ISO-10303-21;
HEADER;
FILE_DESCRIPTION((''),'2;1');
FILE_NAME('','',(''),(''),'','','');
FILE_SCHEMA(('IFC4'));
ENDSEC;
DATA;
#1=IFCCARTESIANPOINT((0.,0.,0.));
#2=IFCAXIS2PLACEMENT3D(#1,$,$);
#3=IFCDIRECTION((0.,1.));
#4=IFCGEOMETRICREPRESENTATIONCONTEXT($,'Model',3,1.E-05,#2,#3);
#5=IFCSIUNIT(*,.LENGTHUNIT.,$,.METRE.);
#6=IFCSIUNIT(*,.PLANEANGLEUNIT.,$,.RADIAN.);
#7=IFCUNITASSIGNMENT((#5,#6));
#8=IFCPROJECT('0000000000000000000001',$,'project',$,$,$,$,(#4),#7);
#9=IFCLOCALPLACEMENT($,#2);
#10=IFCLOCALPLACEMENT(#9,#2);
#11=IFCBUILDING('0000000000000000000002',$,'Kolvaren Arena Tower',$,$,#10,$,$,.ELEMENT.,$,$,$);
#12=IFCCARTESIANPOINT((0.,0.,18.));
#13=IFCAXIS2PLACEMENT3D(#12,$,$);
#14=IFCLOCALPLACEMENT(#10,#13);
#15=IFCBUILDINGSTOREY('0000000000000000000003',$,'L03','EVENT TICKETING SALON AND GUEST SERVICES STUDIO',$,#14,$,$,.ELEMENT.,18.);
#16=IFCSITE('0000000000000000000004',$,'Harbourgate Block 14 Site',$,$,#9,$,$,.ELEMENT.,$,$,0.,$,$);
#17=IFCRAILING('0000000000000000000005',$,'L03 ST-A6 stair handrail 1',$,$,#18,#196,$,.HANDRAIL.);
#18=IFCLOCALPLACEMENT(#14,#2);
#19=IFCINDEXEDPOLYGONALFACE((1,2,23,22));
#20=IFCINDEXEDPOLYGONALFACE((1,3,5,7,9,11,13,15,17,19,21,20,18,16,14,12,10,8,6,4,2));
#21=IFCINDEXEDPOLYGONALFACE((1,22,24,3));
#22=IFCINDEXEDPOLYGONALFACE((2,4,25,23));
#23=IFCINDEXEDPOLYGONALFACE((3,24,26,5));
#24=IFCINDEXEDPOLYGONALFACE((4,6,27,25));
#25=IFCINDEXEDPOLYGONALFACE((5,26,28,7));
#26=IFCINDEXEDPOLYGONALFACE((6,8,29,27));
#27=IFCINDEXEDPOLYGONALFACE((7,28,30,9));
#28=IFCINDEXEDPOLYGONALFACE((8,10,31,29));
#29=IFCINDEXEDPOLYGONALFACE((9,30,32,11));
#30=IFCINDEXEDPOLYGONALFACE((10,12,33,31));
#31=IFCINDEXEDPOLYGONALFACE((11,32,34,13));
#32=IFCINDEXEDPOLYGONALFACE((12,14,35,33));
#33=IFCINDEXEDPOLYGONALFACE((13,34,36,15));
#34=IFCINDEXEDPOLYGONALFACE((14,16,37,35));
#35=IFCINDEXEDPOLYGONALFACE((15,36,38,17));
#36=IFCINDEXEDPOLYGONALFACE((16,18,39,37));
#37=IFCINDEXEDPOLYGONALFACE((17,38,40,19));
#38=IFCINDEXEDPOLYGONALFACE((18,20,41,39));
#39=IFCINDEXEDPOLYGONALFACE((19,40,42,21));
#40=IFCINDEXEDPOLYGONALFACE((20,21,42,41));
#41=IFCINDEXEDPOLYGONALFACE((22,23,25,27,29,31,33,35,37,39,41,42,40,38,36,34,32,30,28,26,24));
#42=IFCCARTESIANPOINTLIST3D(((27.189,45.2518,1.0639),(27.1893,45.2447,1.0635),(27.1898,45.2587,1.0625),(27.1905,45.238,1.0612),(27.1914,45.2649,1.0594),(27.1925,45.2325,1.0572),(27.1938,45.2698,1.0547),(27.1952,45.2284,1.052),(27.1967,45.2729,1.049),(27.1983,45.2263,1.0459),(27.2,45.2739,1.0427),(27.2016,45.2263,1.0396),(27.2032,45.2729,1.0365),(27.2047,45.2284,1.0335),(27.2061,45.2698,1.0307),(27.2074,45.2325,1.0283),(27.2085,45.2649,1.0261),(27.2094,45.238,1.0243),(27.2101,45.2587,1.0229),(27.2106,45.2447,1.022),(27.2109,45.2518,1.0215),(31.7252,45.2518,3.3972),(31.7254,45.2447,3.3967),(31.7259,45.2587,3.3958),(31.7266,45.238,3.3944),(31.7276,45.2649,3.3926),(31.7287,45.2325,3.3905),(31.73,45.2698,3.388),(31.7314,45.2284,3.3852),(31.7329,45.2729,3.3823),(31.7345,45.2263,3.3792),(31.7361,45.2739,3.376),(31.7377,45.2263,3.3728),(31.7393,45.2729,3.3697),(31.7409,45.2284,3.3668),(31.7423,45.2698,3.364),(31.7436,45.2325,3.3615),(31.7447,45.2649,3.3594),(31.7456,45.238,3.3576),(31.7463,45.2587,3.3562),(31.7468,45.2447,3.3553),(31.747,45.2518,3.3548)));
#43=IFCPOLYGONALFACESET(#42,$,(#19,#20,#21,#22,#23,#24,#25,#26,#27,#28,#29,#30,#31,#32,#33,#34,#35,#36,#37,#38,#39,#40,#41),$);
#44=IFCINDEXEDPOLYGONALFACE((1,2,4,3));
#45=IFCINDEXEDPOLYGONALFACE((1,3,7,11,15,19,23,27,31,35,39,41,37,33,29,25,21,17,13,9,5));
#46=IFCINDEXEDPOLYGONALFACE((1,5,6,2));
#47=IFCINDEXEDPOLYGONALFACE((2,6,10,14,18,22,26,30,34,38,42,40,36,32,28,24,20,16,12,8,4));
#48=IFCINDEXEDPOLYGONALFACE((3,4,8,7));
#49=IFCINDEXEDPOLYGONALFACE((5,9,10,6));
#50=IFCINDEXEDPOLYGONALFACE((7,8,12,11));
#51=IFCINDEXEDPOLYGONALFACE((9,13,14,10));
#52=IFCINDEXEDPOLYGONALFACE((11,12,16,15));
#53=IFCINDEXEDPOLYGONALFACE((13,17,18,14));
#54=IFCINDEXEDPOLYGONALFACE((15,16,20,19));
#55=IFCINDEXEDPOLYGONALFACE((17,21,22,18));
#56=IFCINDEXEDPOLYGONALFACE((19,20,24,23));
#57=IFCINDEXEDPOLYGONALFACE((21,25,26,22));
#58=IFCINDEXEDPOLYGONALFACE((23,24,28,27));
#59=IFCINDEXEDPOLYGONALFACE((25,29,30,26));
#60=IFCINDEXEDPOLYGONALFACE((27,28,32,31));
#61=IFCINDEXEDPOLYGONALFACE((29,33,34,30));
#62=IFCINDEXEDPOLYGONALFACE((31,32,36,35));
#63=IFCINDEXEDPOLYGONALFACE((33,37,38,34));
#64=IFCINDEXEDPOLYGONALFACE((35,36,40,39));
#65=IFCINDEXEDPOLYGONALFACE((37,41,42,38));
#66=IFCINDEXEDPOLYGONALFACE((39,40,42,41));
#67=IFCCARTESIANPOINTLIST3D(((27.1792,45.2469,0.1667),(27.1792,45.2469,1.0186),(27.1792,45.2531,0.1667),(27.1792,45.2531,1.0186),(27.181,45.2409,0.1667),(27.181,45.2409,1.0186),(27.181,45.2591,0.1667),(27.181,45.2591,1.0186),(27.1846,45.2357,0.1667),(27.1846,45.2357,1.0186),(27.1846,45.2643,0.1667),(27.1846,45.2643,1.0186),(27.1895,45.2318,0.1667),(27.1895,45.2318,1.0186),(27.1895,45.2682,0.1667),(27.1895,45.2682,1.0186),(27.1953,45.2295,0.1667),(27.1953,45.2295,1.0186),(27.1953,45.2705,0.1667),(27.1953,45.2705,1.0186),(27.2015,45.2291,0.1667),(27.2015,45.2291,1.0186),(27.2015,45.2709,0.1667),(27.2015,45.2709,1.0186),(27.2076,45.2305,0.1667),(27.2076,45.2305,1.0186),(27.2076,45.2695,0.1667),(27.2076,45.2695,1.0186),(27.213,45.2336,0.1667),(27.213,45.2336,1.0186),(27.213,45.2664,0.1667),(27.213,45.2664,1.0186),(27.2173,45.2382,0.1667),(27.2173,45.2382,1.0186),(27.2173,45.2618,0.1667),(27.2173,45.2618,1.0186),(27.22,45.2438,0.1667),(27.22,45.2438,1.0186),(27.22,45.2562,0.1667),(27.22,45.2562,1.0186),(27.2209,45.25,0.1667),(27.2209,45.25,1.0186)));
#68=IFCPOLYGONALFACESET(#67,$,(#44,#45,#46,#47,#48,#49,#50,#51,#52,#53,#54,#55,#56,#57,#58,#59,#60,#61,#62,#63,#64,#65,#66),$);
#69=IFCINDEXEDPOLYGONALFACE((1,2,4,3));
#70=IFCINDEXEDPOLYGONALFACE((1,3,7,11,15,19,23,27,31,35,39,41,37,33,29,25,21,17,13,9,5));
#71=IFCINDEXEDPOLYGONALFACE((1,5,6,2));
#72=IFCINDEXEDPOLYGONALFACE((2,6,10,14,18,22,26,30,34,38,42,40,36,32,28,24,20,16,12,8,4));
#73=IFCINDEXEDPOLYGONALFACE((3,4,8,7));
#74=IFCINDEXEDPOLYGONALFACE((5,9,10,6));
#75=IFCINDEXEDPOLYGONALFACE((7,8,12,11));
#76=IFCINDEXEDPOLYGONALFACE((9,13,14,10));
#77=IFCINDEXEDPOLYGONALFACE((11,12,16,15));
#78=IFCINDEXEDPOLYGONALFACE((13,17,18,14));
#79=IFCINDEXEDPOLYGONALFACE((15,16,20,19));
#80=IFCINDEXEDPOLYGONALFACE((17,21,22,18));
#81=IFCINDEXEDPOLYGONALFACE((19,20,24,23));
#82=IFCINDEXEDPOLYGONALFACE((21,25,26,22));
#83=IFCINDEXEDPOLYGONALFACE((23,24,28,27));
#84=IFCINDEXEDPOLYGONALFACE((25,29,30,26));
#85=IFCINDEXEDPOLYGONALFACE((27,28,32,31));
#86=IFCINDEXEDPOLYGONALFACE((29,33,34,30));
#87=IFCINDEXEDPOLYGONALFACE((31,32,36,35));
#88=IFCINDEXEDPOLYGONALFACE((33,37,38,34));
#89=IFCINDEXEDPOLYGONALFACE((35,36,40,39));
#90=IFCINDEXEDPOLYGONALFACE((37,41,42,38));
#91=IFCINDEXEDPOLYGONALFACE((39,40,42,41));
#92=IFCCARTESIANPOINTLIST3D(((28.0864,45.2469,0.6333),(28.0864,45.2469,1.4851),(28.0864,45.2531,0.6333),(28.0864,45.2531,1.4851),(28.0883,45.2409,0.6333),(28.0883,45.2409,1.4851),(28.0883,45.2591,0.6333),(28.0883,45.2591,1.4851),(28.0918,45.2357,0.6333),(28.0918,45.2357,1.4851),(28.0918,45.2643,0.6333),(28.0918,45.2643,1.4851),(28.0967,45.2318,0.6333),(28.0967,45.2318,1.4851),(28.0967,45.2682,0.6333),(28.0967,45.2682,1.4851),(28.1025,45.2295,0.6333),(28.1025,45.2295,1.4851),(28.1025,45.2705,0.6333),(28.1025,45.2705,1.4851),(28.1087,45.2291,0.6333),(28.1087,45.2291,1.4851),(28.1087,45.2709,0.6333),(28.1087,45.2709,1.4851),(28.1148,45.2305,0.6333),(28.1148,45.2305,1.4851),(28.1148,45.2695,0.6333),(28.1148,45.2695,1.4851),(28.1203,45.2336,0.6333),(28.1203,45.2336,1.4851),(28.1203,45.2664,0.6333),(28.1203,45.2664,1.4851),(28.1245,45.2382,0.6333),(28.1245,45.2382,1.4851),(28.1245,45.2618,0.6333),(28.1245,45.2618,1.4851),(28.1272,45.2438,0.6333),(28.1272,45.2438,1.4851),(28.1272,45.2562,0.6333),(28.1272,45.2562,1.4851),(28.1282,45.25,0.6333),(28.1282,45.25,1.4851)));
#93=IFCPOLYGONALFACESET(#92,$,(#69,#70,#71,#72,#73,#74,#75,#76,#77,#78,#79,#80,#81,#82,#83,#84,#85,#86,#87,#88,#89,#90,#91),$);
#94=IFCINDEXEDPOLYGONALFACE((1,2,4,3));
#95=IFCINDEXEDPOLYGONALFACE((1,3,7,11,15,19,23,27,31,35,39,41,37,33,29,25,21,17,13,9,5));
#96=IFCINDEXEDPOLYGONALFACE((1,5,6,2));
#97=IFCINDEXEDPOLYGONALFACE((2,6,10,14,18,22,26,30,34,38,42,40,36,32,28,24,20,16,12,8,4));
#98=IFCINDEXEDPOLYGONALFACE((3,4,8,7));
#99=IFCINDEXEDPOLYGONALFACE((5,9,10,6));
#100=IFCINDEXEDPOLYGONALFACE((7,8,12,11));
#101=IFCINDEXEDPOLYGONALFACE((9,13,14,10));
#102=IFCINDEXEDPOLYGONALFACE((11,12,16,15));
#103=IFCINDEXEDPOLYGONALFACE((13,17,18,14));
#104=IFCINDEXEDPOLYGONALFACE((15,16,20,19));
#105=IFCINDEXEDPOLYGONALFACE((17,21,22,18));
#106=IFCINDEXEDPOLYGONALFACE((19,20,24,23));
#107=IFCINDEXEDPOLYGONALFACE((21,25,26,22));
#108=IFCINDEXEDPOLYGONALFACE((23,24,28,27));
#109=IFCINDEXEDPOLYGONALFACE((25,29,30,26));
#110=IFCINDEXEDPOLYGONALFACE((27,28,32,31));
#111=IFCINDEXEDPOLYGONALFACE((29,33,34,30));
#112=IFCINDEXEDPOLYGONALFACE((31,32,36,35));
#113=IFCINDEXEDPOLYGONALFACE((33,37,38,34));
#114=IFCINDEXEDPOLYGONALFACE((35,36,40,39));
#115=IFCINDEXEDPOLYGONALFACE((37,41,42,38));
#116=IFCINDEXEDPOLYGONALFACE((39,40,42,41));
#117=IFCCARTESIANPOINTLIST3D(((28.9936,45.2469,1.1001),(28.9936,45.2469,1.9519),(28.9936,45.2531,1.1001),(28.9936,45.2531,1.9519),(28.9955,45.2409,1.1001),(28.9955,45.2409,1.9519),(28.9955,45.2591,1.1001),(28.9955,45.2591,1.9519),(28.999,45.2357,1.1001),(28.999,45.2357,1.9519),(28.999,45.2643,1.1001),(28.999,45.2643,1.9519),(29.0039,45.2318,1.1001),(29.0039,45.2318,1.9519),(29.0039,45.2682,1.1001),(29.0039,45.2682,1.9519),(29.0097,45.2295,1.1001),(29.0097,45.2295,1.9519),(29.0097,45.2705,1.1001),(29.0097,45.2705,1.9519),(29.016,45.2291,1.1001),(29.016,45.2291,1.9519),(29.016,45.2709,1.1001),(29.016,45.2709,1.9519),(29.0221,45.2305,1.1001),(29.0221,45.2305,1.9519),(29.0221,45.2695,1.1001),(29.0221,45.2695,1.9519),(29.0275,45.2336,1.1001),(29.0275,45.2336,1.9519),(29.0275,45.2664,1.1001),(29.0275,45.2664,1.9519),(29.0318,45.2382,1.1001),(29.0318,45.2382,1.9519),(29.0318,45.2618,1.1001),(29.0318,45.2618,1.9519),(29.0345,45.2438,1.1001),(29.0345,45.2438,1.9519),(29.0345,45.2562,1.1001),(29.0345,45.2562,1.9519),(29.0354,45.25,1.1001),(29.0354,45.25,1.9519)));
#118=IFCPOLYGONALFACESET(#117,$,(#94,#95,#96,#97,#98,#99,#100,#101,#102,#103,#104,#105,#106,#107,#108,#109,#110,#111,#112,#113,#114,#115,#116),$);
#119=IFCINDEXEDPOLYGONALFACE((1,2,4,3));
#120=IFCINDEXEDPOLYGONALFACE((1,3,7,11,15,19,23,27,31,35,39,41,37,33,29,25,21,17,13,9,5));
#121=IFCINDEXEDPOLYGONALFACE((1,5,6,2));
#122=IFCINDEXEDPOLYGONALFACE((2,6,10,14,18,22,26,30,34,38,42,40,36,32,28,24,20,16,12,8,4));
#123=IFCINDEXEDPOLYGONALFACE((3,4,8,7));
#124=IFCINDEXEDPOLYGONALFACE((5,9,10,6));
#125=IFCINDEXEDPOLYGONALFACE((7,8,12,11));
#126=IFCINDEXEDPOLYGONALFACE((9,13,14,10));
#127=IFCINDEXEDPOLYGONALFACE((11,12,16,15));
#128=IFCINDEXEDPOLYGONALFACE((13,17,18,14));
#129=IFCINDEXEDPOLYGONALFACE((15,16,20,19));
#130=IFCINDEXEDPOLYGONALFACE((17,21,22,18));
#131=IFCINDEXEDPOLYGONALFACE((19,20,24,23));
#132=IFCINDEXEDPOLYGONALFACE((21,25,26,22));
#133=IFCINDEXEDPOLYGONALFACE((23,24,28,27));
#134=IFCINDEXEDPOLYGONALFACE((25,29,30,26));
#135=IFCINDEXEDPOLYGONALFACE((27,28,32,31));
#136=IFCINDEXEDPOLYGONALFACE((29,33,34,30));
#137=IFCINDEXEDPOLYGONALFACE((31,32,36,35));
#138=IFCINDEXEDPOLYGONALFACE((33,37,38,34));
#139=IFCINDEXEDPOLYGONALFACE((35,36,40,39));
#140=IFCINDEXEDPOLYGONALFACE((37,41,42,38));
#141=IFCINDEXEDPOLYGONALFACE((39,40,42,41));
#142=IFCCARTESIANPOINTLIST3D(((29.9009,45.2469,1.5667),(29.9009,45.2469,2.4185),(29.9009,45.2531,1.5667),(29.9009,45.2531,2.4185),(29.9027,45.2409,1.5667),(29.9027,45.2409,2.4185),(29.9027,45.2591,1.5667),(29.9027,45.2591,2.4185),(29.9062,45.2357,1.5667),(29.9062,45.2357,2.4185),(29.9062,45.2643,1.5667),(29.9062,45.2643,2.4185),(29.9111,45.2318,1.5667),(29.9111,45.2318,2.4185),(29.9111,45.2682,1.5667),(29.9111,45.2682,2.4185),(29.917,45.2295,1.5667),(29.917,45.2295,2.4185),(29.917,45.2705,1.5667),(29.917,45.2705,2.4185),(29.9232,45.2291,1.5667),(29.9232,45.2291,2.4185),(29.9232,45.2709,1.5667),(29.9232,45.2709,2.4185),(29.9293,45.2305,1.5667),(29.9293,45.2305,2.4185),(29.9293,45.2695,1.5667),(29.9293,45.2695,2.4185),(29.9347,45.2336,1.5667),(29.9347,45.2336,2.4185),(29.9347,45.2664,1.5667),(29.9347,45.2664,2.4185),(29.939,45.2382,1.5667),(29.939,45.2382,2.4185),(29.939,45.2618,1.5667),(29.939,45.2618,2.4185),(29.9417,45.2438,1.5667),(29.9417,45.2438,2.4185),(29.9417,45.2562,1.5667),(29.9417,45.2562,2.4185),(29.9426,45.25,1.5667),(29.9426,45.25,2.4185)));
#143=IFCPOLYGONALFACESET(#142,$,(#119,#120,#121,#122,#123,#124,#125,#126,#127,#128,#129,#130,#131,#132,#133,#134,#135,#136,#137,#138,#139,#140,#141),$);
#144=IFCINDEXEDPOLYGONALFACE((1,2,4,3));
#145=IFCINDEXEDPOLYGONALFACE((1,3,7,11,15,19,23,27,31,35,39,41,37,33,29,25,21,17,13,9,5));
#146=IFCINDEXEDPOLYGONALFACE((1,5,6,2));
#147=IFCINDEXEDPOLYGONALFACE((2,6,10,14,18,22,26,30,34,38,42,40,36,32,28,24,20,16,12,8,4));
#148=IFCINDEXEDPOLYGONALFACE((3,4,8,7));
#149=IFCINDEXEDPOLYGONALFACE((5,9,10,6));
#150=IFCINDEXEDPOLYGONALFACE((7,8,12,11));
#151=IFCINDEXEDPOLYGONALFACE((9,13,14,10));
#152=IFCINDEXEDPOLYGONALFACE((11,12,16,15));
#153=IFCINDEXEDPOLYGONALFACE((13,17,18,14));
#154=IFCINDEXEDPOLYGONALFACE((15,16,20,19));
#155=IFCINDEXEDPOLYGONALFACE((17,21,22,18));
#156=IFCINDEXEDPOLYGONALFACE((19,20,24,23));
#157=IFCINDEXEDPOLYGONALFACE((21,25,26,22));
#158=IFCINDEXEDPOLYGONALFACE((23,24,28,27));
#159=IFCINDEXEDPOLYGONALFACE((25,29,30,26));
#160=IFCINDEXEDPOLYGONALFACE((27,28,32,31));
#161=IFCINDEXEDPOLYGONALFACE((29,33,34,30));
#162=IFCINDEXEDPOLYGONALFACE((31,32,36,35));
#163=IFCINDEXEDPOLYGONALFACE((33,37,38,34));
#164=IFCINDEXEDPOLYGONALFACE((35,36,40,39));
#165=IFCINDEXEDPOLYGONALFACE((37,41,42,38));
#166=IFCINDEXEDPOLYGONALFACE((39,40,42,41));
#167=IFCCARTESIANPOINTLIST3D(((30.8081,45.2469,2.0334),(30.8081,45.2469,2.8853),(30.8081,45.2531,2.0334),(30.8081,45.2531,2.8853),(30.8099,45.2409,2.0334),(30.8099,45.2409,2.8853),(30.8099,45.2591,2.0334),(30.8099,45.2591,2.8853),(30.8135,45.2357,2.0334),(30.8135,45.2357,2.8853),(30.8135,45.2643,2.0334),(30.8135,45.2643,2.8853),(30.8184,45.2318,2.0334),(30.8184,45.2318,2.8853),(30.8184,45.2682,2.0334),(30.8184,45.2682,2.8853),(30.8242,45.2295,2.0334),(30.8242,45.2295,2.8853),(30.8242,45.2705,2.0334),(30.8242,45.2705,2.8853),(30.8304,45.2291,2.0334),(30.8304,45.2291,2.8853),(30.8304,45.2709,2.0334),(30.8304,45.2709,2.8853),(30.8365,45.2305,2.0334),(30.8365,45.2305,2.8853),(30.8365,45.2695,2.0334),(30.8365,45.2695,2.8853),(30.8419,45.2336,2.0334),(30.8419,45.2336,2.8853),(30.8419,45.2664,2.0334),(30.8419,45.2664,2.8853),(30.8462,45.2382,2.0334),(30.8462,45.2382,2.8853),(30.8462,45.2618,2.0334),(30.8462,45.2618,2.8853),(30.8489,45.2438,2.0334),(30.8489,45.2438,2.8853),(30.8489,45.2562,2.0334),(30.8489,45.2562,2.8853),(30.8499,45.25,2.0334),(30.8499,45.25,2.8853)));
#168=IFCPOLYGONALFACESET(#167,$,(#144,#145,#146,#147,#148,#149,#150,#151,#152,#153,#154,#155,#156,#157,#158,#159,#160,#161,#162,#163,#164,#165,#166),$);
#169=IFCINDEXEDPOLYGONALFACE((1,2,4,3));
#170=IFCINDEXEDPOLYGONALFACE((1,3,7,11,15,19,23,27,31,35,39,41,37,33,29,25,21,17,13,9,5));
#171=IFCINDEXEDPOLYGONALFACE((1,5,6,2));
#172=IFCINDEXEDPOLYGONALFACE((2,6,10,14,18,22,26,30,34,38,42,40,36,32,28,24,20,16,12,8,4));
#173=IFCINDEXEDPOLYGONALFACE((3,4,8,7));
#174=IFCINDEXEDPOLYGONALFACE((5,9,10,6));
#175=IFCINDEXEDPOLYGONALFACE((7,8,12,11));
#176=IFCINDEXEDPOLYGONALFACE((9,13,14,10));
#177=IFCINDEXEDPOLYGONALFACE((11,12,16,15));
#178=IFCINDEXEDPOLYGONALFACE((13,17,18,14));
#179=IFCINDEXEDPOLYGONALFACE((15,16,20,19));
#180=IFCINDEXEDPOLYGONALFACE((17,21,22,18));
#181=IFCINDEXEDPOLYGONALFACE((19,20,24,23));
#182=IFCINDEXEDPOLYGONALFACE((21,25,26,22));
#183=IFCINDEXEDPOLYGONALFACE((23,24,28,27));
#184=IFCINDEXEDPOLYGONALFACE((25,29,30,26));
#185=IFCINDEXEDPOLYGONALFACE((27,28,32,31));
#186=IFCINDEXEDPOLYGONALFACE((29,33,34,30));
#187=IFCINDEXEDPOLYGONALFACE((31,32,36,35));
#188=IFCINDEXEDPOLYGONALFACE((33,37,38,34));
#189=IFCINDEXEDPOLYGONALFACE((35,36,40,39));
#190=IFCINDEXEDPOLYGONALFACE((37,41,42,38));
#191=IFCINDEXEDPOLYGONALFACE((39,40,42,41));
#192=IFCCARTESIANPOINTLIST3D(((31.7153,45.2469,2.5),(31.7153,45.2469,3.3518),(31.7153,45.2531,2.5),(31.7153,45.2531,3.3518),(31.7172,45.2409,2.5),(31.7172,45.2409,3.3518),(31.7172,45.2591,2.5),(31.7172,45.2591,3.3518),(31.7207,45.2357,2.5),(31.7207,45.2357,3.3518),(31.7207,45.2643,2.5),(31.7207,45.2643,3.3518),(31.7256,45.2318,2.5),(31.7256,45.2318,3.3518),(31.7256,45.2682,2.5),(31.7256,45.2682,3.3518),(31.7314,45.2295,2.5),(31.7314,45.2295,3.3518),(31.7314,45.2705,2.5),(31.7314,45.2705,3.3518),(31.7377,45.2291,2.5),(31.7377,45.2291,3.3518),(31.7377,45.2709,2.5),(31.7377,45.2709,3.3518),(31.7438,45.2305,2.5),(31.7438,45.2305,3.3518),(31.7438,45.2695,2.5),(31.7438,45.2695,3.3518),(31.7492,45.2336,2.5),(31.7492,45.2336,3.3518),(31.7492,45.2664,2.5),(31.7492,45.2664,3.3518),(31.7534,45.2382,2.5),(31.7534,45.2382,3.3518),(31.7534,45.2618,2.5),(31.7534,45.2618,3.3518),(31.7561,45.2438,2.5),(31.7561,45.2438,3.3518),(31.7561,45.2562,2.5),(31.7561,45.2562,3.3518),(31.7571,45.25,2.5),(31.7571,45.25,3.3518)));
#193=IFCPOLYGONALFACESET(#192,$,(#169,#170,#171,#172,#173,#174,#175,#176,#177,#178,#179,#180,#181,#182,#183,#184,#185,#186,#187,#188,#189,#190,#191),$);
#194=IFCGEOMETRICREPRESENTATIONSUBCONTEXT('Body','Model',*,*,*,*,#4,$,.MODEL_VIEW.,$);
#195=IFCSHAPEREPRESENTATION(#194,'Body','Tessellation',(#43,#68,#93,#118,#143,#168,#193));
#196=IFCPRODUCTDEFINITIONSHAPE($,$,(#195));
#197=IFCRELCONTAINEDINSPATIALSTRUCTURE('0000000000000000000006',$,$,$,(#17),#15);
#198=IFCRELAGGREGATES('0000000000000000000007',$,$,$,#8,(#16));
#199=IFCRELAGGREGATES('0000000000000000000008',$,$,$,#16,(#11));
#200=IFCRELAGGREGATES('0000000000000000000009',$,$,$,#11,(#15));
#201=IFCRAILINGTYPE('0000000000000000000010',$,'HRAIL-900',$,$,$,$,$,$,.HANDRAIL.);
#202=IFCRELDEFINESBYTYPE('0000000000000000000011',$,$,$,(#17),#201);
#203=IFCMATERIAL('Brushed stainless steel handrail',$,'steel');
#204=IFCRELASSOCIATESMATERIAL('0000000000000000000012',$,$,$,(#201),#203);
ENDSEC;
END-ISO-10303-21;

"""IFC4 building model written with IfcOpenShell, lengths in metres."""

from ifc_helpers import new_model, si_unit, direction, frame, origin, origin_2d, place, context, subcontext, project, spatial, circle, extrude, material, type_object, element, save


model = new_model("IFC4")

# Units and contexts
model_context = context("Model", 3, precision=1e-05, world=origin(), true_north=direction((0.0, 1.0)))
body_context = subcontext(model_context, "Body", "Model", "MODEL_VIEW")
ifc_project = project(units=[si_unit("LENGTHUNIT", "METRE"), si_unit("PLANEANGLEUNIT", "RADIAN")], contexts=[model_context])

# Site, building, storey
site_placement = place(None, origin())
site = spatial("IfcSite", under=ifc_project, at=site_placement, Name="Harbourgate Block 14 Site", CompositionType="ELEMENT", RefElevation=0.0)
building_placement = place(site_placement, origin())
building = spatial("IfcBuilding", under=site, at=building_placement, Name="Kolvaren Arena Tower", CompositionType="ELEMENT")
storey_placement = place(building_placement, frame((0.0, 0.0, 18.0)))
storey = spatial("IfcBuildingStorey", under=building, at=storey_placement, Name="L03", Description="EVENT TICKETING SALON AND GUEST SERVICES STUDIO", CompositionType="ELEMENT", Elevation=18.0)

# Railing
ifc_material_1 = material(Name="Brushed stainless steel handrail", Category="steel")
railing_type_1 = type_object("IfcRailingType", Name="HRAIL-900", PredefinedType="HANDRAIL", material=ifc_material_1)
railing_1_placement = place(storey_placement, frame((27.2, 45.25, 0.1667)))
element("IfcRailing", 1, at=railing_1_placement, inside=storey, type_object=railing_type_1, Name="L03 ST-A6 stair handrail 1", PredefinedType="HANDRAIL", context=body_context, shape_type="SweptSolid", body=[
    extrude(circle(Radius=0.0239, at=origin_2d()), frame((0.0, 0.0, 0.876), z_axis=(0.889257, 0.0, 0.457407), x_axis=(0.0, 1.0, 0.0)), (0.0, 0.0, 1.0), 5.1011),
    extrude(circle(Radius=0.021, at=origin_2d()), origin(), (0.0, 0.0, 1.0), 0.8518),
    extrude(circle(Radius=0.021, at=origin_2d()), frame((0.9072, 0.0, 0.4666)), (0.0, 0.0, 1.0), 0.8518),
    extrude(circle(Radius=0.021, at=origin_2d()), frame((1.8145, 0.0, 0.9333)), (0.0, 0.0, 1.0), 0.8518),
    extrude(circle(Radius=0.021, at=origin_2d()), frame((2.7217, 0.0, 1.3999)), (0.0, 0.0, 1.0), 0.8518),
    extrude(circle(Radius=0.021, at=origin_2d()), frame((3.6289, 0.0, 1.8667)), (0.0, 0.0, 1.0), 0.8518),
    extrude(circle(Radius=0.021, at=origin_2d()), frame((4.5361, 0.0, 2.3333)), (0.0, 0.0, 1.0), 0.8518),
])

save(model, "model.ifc")
